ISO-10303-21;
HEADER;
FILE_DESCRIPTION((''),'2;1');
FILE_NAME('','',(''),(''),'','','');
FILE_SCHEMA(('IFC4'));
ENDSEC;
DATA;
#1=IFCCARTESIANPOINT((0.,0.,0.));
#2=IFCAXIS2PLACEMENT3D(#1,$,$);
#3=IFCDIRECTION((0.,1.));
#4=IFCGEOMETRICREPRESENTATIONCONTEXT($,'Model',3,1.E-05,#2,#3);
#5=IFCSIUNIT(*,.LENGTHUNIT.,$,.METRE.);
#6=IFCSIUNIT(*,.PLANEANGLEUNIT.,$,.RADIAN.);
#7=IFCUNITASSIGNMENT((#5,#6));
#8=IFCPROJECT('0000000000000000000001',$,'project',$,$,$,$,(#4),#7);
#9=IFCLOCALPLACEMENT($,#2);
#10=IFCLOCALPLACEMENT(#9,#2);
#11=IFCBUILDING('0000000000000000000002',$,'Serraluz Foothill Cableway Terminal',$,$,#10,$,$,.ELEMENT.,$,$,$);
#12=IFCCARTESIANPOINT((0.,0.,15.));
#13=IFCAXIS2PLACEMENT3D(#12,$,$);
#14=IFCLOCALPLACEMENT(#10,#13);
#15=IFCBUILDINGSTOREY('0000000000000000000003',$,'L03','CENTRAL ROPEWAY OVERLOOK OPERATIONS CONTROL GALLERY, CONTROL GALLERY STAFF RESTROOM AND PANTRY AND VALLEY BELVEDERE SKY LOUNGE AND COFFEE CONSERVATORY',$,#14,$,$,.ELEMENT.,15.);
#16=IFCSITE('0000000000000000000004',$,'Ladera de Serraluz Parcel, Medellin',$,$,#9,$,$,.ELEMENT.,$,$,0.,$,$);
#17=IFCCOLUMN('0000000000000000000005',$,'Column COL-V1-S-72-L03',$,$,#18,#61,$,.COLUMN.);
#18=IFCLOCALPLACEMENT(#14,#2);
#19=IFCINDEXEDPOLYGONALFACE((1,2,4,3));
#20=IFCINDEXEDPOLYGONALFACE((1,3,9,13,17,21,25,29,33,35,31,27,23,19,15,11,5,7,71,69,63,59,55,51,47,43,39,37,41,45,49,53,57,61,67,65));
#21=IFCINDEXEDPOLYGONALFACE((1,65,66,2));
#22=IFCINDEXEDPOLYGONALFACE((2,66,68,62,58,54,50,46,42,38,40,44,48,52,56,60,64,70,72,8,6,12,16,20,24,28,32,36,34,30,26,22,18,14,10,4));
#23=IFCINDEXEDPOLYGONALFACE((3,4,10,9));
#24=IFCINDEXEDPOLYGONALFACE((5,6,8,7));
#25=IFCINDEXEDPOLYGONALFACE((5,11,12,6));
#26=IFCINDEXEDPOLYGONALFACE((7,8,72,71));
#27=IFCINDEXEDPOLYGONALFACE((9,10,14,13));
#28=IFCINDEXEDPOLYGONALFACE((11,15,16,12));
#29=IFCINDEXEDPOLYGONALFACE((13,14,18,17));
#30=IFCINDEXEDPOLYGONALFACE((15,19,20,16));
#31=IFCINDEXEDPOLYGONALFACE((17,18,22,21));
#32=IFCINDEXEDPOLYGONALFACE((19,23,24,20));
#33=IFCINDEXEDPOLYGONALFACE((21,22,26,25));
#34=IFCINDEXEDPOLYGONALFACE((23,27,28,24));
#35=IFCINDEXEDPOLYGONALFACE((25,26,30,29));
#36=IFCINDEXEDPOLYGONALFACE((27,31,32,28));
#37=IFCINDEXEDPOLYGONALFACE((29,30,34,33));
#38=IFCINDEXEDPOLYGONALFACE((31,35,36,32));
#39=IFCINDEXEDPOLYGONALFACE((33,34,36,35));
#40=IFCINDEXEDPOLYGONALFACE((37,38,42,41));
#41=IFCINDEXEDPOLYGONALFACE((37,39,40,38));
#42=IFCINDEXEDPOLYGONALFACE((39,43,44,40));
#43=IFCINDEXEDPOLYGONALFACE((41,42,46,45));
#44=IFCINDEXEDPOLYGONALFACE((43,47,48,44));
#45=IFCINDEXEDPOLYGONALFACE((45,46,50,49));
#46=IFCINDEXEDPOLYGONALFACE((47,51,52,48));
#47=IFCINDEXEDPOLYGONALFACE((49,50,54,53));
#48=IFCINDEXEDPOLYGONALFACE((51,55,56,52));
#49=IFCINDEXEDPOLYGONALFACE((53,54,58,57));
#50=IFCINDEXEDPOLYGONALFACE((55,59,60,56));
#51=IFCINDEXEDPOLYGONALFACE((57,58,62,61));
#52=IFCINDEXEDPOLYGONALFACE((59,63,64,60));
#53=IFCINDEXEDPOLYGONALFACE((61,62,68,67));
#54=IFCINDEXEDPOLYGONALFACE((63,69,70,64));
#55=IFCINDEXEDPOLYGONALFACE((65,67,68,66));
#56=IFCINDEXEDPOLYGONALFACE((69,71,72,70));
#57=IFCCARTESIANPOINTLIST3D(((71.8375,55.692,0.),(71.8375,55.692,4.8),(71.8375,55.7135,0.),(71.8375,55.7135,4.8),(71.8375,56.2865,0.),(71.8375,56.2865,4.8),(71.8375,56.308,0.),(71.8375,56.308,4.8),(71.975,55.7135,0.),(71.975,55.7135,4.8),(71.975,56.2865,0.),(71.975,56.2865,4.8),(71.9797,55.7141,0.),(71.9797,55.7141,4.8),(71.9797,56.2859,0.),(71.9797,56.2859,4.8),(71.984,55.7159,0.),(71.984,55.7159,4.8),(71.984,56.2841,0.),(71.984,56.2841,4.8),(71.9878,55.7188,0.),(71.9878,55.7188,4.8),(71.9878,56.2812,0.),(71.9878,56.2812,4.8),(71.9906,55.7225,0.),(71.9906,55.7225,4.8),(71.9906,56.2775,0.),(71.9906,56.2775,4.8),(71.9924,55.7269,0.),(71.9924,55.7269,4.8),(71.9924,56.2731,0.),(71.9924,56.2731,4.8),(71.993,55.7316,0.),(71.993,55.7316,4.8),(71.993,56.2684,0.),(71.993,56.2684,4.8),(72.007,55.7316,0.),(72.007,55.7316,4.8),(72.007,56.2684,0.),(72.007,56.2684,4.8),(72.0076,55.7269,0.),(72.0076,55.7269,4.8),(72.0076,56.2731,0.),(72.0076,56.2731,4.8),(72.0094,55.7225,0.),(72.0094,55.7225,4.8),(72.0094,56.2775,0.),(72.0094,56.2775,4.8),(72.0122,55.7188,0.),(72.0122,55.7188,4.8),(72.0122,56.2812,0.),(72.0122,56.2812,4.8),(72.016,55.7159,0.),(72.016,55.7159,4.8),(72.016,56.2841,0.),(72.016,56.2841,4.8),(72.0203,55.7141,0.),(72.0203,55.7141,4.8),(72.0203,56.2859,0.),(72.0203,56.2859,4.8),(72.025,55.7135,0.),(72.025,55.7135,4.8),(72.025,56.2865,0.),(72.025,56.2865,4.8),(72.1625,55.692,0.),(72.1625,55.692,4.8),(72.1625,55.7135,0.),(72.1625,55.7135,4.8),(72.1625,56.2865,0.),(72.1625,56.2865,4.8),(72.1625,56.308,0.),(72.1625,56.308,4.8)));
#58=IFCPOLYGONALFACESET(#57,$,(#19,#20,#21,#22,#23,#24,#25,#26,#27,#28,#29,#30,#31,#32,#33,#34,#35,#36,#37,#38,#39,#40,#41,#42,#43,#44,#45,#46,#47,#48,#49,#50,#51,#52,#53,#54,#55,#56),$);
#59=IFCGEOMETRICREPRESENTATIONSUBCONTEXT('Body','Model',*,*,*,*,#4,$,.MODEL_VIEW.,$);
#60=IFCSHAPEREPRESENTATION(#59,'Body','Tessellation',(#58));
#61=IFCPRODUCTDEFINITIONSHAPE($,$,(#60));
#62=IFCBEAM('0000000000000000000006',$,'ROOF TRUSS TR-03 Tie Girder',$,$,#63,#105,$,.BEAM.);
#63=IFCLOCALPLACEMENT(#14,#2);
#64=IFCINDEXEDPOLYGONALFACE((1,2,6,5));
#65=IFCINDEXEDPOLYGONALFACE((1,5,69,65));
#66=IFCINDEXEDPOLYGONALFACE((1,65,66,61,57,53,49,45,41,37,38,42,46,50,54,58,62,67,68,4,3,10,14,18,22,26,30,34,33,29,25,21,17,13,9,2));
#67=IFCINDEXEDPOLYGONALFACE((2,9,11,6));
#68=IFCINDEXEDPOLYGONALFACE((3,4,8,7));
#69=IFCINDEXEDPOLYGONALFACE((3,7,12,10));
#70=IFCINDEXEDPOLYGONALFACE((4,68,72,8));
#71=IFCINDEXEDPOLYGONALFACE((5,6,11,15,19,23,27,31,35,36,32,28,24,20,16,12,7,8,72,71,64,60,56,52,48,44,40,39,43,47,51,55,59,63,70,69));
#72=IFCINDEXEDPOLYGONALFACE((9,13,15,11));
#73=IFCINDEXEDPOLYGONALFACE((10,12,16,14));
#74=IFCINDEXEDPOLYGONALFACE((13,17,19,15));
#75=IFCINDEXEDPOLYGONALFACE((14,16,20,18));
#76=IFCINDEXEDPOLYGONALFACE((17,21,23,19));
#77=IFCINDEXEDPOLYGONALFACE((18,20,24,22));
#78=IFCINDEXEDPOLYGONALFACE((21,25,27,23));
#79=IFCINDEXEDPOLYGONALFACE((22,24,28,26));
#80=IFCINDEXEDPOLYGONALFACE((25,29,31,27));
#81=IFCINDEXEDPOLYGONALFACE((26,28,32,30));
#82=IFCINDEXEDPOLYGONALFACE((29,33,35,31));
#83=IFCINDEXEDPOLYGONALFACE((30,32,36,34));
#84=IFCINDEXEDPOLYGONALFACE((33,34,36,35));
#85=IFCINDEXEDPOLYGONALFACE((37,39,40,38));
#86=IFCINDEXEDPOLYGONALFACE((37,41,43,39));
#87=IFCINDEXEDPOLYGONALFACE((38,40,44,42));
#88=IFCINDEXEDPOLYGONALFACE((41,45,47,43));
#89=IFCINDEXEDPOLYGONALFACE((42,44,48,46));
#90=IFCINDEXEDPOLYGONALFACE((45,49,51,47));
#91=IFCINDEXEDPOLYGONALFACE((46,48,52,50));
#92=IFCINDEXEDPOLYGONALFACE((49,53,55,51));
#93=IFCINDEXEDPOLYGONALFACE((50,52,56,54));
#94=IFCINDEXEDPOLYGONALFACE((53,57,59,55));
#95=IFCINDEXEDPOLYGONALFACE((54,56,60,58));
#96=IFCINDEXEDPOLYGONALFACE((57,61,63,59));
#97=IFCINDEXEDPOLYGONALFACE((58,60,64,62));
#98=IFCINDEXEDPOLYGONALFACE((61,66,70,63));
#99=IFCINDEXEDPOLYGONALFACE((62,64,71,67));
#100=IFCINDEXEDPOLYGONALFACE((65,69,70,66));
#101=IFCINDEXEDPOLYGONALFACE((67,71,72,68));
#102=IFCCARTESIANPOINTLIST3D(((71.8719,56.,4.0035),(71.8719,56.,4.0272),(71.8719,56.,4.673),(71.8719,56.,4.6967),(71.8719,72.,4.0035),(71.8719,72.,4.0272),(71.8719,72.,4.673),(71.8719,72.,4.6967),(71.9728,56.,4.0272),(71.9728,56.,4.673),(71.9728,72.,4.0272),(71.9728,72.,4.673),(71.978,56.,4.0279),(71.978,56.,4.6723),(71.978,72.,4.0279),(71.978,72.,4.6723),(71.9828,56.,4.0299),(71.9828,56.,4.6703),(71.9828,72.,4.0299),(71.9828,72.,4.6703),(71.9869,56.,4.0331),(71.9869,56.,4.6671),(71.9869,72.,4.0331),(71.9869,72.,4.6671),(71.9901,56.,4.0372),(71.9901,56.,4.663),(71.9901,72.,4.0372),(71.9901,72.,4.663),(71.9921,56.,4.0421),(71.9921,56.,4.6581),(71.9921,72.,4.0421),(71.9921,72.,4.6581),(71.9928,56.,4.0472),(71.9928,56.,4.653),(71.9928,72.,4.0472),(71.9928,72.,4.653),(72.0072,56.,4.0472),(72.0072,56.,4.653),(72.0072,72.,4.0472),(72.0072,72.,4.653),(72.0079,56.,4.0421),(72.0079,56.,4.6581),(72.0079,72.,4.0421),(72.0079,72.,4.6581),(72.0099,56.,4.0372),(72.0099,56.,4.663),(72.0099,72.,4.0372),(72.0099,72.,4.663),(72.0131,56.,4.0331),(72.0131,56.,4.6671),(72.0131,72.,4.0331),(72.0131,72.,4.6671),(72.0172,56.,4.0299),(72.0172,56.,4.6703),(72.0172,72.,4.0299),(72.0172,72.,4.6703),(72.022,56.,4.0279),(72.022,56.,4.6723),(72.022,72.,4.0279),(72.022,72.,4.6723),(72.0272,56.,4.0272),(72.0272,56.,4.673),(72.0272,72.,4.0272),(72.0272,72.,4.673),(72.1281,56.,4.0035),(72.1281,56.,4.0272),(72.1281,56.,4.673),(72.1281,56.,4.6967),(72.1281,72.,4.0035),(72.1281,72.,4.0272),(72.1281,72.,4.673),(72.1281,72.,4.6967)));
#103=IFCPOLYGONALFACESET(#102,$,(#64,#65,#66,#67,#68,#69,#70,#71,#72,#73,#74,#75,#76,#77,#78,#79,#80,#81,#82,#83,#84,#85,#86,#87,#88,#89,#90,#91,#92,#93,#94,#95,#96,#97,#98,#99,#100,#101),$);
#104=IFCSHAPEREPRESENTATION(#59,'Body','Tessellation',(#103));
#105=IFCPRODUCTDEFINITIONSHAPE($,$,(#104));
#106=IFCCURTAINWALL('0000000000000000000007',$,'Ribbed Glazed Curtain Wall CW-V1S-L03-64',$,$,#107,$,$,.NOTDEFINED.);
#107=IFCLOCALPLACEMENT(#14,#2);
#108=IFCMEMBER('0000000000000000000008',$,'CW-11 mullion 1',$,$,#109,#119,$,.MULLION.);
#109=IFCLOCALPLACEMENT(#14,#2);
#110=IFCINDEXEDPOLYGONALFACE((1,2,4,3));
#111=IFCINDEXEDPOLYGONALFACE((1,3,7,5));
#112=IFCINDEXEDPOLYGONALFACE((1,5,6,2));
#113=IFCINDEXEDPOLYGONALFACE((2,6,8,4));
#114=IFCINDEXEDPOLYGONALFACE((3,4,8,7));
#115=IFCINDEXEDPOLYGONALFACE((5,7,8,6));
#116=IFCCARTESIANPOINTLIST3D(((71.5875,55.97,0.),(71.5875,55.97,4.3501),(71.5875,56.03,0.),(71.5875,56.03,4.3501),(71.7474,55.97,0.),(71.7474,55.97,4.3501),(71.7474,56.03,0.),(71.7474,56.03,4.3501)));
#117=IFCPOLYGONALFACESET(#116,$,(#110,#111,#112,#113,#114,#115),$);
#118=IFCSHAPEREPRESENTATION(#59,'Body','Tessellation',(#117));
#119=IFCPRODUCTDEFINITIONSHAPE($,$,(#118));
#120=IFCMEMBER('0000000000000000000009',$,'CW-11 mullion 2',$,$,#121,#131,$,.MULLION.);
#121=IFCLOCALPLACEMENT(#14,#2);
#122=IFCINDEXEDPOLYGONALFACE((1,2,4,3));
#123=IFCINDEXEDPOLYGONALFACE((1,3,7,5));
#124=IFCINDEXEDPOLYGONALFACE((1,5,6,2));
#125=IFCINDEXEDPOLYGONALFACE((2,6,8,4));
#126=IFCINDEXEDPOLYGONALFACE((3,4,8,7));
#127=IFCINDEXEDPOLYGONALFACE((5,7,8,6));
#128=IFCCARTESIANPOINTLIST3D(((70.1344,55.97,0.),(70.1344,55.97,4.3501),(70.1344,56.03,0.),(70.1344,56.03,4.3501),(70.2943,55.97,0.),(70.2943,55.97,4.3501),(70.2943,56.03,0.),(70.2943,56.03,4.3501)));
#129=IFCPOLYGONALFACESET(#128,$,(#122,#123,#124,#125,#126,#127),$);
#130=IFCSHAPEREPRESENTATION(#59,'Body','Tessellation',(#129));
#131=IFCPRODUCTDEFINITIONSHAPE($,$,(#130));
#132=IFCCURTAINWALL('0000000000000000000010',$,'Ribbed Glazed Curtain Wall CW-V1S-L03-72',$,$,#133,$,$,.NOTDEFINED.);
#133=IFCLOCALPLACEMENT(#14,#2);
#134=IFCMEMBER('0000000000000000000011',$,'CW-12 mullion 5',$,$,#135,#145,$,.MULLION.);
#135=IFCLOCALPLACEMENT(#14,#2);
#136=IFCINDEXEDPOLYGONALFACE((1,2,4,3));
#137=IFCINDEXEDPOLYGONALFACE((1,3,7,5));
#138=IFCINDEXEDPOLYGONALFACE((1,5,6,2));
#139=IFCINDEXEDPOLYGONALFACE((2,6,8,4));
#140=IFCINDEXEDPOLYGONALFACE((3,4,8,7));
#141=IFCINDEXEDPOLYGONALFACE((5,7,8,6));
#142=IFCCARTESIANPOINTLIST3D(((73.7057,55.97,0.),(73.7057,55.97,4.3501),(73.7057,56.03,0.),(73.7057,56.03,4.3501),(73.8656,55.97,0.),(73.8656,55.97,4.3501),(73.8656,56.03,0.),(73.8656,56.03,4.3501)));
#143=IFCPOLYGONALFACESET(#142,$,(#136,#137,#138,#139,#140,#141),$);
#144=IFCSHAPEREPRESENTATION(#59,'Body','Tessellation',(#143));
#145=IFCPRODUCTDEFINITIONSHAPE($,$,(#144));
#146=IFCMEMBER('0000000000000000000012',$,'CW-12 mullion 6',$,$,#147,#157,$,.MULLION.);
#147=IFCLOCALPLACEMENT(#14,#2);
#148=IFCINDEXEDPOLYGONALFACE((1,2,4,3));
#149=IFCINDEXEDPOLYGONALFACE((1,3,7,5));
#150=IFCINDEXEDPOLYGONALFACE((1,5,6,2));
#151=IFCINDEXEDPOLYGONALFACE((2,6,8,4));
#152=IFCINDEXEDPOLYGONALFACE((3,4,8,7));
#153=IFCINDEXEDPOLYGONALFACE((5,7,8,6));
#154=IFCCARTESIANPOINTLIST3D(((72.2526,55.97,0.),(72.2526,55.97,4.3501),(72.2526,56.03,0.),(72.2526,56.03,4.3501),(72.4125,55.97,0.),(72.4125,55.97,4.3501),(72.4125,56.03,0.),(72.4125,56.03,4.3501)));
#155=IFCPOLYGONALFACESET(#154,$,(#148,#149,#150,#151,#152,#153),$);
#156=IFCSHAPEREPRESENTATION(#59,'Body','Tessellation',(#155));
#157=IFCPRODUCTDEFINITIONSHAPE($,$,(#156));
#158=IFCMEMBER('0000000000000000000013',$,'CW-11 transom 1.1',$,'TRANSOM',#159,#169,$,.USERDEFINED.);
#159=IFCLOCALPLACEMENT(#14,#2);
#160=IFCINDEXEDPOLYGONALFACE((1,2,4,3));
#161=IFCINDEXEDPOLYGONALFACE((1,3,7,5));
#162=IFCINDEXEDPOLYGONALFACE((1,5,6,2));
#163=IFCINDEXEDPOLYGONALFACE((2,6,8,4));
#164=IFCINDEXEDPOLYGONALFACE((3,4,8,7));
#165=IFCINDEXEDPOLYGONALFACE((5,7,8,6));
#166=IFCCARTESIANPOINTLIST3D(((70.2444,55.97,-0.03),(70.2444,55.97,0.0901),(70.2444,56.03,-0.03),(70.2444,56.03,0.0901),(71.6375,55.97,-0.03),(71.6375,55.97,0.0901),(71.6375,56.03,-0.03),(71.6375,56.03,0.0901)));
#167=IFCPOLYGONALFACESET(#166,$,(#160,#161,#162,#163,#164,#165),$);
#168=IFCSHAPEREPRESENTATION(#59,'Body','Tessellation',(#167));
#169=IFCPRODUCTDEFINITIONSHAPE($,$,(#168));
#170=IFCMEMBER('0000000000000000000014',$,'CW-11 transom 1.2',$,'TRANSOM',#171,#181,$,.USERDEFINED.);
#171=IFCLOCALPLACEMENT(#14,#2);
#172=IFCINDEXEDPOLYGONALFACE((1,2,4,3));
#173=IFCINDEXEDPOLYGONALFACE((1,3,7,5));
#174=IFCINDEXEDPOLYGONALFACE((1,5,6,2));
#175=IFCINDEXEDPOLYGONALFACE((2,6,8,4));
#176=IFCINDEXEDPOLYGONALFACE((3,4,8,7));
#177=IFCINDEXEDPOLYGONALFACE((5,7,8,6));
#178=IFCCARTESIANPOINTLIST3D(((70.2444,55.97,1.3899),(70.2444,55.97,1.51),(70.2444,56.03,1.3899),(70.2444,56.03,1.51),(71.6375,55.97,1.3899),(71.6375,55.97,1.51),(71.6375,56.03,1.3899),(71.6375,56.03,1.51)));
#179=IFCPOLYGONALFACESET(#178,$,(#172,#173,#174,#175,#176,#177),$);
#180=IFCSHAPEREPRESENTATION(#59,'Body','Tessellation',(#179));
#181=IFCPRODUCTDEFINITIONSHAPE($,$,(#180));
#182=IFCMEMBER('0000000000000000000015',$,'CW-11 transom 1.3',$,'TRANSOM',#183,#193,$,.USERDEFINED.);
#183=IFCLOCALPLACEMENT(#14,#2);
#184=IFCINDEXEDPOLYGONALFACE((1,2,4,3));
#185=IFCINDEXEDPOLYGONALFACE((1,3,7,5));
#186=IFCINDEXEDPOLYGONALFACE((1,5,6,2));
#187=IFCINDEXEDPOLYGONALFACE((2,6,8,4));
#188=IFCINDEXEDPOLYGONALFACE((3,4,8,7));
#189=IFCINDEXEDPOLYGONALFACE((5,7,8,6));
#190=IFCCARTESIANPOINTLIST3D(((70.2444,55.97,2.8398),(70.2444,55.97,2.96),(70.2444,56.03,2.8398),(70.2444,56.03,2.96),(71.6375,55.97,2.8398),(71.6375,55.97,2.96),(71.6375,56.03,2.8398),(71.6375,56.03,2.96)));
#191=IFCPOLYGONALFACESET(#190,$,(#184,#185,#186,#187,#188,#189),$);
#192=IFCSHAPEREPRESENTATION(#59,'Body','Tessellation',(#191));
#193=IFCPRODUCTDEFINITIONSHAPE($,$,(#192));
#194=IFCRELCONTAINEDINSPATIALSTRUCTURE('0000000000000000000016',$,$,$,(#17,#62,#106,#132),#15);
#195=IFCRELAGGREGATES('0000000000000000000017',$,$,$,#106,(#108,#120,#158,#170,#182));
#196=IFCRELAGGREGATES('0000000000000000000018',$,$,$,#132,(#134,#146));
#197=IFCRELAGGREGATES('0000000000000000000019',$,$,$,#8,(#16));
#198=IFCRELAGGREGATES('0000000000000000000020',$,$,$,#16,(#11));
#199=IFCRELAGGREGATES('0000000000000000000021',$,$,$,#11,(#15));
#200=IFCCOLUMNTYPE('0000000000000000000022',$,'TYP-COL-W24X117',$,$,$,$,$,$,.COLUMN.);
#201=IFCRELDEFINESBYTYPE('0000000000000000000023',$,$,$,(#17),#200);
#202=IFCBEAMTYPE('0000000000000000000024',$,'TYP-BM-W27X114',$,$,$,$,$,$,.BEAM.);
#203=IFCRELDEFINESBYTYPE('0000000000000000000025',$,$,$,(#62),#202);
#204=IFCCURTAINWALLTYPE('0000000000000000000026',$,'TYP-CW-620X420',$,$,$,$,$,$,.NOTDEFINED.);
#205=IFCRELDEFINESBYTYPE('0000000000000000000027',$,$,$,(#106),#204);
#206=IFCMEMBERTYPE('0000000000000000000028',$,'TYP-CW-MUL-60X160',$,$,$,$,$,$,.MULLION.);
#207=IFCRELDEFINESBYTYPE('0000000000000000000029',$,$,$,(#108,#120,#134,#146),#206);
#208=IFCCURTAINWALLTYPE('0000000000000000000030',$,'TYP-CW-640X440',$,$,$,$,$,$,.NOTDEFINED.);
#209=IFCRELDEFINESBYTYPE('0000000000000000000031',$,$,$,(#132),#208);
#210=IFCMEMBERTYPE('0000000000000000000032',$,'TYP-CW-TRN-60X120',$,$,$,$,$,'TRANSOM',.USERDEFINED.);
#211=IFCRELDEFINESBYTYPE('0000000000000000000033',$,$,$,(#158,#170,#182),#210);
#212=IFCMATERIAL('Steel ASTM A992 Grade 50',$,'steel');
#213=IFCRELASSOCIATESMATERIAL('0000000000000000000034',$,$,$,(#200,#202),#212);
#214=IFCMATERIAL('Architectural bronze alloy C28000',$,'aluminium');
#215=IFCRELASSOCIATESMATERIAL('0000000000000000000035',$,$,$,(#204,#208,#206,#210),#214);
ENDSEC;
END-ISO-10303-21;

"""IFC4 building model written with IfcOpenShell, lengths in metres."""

from ifc_helpers import new_model, si_unit, direction, frame, origin, origin_2d, place, context, subcontext, project, spatial, rectangle, i_section, extrude, material, material_profile, profile_set, type_object, element, aggregate, save


model = new_model("IFC4")

# Units and contexts
model_context = context("Model", 3, precision=1e-05, world=origin(), true_north=direction((0.0, 1.0)))
body_context = subcontext(model_context, "Body", "Model", "MODEL_VIEW")
ifc_project = project(units=[si_unit("LENGTHUNIT", "METRE"), si_unit("PLANEANGLEUNIT", "RADIAN")], contexts=[model_context])

# Site, building, storey
site_placement = place(None, origin())
site = spatial("IfcSite", under=ifc_project, at=site_placement, Name="Ladera de Serraluz Parcel, Medellin", CompositionType="ELEMENT", RefElevation=0.0)
building_placement = place(site_placement, origin())
building = spatial("IfcBuilding", under=site, at=building_placement, Name="Serraluz Foothill Cableway Terminal", CompositionType="ELEMENT")
storey_placement = place(building_placement, frame((0.0, 0.0, 15.0)))
storey = spatial("IfcBuildingStorey", under=building, at=storey_placement, Name="L03", Description="CENTRAL ROPEWAY OVERLOOK OPERATIONS CONTROL GALLERY, CONTROL GALLERY STAFF RESTROOM AND PANTRY AND VALLEY BELVEDERE SKY LOUNGE AND COFFEE CONSERVATORY", CompositionType="ELEMENT", Elevation=15.0)

# Column
ifc_material_1 = material(Name="Steel ASTM A992 Grade 50", Category="steel")
ifc_material_profile_1 = material_profile(ifc_material_1, i_section(OverallWidth=0.325, OverallDepth=0.616, WebThickness=0.0139, FlangeThickness=0.0215, FilletRadius=0.0181, at=origin_2d()), Name="W24X117")
ifc_profile_set_1 = profile_set([ifc_material_profile_1], Name="Steel ASTM A992 Grade 50")
column_type = type_object("IfcColumnType", Name="TYP-COL-W24X117", PredefinedType="COLUMN", material=ifc_profile_set_1)
column_placement = place(storey_placement, frame((72.0, 56.0, 0.0), z_axis=(0.0, 0.0, 1.0), x_axis=(1.0, 0.0, 0.0)))
element("IfcColumn", 1, at=column_placement, inside=storey, type_object=column_type, Name="Column COL-V1-S-72-L03", PredefinedType="COLUMN", context=body_context, shape_type="SweptSolid", body=[
    extrude(i_section(OverallWidth=0.325, OverallDepth=0.616, WebThickness=0.0139, FlangeThickness=0.0215, FilletRadius=0.0181, at=origin_2d()), origin(), (0.0, 0.0, 1.0), 4.8),
])

# Beam
ifc_material_profile_2 = material_profile(ifc_material_1, i_section(OverallWidth=0.2561, OverallDepth=0.6931, WebThickness=0.0144, FlangeThickness=0.0237, FilletRadius=0.02, at=origin_2d()), Name="W27X114")
ifc_profile_set_2 = profile_set([ifc_material_profile_2], Name="Steel ASTM A992 Grade 50")
beam_type_1 = type_object("IfcBeamType", Name="TYP-BM-W27X114", PredefinedType="BEAM", material=ifc_profile_set_2)
beam_1_placement = place(storey_placement, frame((72.0, 56.0, 4.3501), z_axis=(0.0, 1.0, 0.0), x_axis=(-1.0, 0.0, 0.0)))
element("IfcBeam", 2, at=beam_1_placement, inside=storey, type_object=beam_type_1, Name="ROOF TRUSS TR-03 Tie Girder", PredefinedType="BEAM", context=body_context, shape_type="SweptSolid", body=[
    extrude(i_section(OverallWidth=0.2561, OverallDepth=0.6931, WebThickness=0.0144, FlangeThickness=0.0237, FilletRadius=0.02, at=origin_2d()), origin(), (0.0, 0.0, 1.0), 16.0),
])

# Curtain walls, members
ifc_material_2 = material(Name="Architectural bronze alloy C28000", Category="aluminium")
curtain_wall_type_1 = type_object("IfcCurtainWallType", Name="TYP-CW-620X420", PredefinedType="NOTDEFINED", material=ifc_material_2)
curtain_wall_1_placement = place(storey_placement, origin())
curtain_wall_1 = element("IfcCurtainWall", 3, at=curtain_wall_1_placement, inside=storey, type_object=curtain_wall_type_1, Name="Ribbed Glazed Curtain Wall CW-V1S-L03-64", PredefinedType="NOTDEFINED")
ifc_material_profile_3 = material_profile(ifc_material_2, rectangle(XDim=0.0601, YDim=0.1599, at=origin_2d()), Name="ALU MULLION 60x160")
ifc_profile_set_3 = profile_set([ifc_material_profile_3], Name="Architectural bronze alloy C28000")
member_type_1 = type_object("IfcMemberType", Name="TYP-CW-MUL-60X160", PredefinedType="MULLION", material=ifc_profile_set_3)
member_1_placement = place(storey_placement, frame((71.6675, 56.0, 0.0), z_axis=(0.0, 0.0, 1.0), x_axis=(0.0, -1.0, 0.0)))
member_1 = element("IfcMember", 4, at=member_1_placement, type_object=member_type_1, Name="CW-11 mullion 1", PredefinedType="MULLION", context=body_context, shape_type="SweptSolid", body=[
    extrude(rectangle(XDim=0.0601, YDim=0.1599, at=origin_2d()), origin(), (0.0, 0.0, 1.0), 4.3501),
])
member_2_placement = place(storey_placement, frame((70.2144, 56.0, 0.0), z_axis=(0.0, 0.0, 1.0), x_axis=(0.0, -1.0, 0.0)))
member_2 = element("IfcMember", 5, at=member_2_placement, type_object=member_type_1, Name="CW-11 mullion 2", PredefinedType="MULLION", context=body_context, shape_type="SweptSolid", body=[
    extrude(rectangle(XDim=0.0601, YDim=0.1599, at=origin_2d()), origin(), (0.0, 0.0, 1.0), 4.3501),
])
curtain_wall_type_2 = type_object("IfcCurtainWallType", Name="TYP-CW-640X440", PredefinedType="NOTDEFINED", material=ifc_material_2)
curtain_wall_2_placement = place(storey_placement, origin())
curtain_wall_2 = element("IfcCurtainWall", 6, at=curtain_wall_2_placement, inside=storey, type_object=curtain_wall_type_2, Name="Ribbed Glazed Curtain Wall CW-V1S-L03-72", PredefinedType="NOTDEFINED")
member_3_placement = place(storey_placement, frame((73.7856, 56.0, 0.0), z_axis=(0.0, 0.0, 1.0), x_axis=(0.0, -1.0, 0.0)))
member_3 = element("IfcMember", 7, at=member_3_placement, type_object=member_type_1, Name="CW-12 mullion 5", PredefinedType="MULLION", context=body_context, shape_type="SweptSolid", body=[
    extrude(rectangle(XDim=0.0601, YDim=0.1599, at=origin_2d()), origin(), (0.0, 0.0, 1.0), 4.3501),
])
member_4_placement = place(storey_placement, frame((72.3325, 56.0, 0.0), z_axis=(0.0, 0.0, 1.0), x_axis=(0.0, -1.0, 0.0)))
member_4 = element("IfcMember", 8, at=member_4_placement, type_object=member_type_1, Name="CW-12 mullion 6", PredefinedType="MULLION", context=body_context, shape_type="SweptSolid", body=[
    extrude(rectangle(XDim=0.0601, YDim=0.1599, at=origin_2d()), origin(), (0.0, 0.0, 1.0), 4.3501),
])

# Members
ifc_material_profile_4 = material_profile(ifc_material_2, rectangle(XDim=0.0601, YDim=0.1201, at=origin_2d()), Name="ALU TRANSOM 60x120")
ifc_profile_set_4 = profile_set([ifc_material_profile_4], Name="Architectural bronze alloy C28000")
member_type_2 = type_object("IfcMemberType", Name="TYP-CW-TRN-60X120", ElementType="TRANSOM", PredefinedType="USERDEFINED", material=ifc_profile_set_4)
member_5_placement = place(storey_placement, frame((71.6375, 56.0, 0.03), z_axis=(-1.0, 0.0, 0.0), x_axis=(0.0, -1.0, 0.0)))
member_5 = element("IfcMember", 9, at=member_5_placement, type_object=member_type_2, Name="CW-11 transom 1.1", ObjectType="TRANSOM", PredefinedType="USERDEFINED", context=body_context, shape_type="SweptSolid", body=[
    extrude(rectangle(XDim=0.0601, YDim=0.1201, at=origin_2d()), origin(), (0.0, 0.0, 1.0), 1.3931),
])
member_6_placement = place(storey_placement, frame((71.6375, 56.0, 1.45), z_axis=(-1.0, 0.0, 0.0), x_axis=(0.0, -1.0, 0.0)))
member_6 = element("IfcMember", 10, at=member_6_placement, type_object=member_type_2, Name="CW-11 transom 1.2", ObjectType="TRANSOM", PredefinedType="USERDEFINED", context=body_context, shape_type="SweptSolid", body=[
    extrude(rectangle(XDim=0.0601, YDim=0.1201, at=origin_2d()), origin(), (0.0, 0.0, 1.0), 1.3931),
])
member_7_placement = place(storey_placement, frame((71.6375, 56.0, 2.8999), z_axis=(-1.0, 0.0, 0.0), x_axis=(0.0, -1.0, 0.0)))
member_7 = element("IfcMember", 11, at=member_7_placement, type_object=member_type_2, Name="CW-11 transom 1.3", ObjectType="TRANSOM", PredefinedType="USERDEFINED", context=body_context, shape_type="SweptSolid", body=[
    extrude(rectangle(XDim=0.0601, YDim=0.1201, at=origin_2d()), origin(), (0.0, 0.0, 1.0), 1.3931),
])

aggregate(curtain_wall_1, [member_1, member_2, member_5, member_6, member_7])
aggregate(curtain_wall_2, [member_3, member_4])

save(model, "model.ifc")
